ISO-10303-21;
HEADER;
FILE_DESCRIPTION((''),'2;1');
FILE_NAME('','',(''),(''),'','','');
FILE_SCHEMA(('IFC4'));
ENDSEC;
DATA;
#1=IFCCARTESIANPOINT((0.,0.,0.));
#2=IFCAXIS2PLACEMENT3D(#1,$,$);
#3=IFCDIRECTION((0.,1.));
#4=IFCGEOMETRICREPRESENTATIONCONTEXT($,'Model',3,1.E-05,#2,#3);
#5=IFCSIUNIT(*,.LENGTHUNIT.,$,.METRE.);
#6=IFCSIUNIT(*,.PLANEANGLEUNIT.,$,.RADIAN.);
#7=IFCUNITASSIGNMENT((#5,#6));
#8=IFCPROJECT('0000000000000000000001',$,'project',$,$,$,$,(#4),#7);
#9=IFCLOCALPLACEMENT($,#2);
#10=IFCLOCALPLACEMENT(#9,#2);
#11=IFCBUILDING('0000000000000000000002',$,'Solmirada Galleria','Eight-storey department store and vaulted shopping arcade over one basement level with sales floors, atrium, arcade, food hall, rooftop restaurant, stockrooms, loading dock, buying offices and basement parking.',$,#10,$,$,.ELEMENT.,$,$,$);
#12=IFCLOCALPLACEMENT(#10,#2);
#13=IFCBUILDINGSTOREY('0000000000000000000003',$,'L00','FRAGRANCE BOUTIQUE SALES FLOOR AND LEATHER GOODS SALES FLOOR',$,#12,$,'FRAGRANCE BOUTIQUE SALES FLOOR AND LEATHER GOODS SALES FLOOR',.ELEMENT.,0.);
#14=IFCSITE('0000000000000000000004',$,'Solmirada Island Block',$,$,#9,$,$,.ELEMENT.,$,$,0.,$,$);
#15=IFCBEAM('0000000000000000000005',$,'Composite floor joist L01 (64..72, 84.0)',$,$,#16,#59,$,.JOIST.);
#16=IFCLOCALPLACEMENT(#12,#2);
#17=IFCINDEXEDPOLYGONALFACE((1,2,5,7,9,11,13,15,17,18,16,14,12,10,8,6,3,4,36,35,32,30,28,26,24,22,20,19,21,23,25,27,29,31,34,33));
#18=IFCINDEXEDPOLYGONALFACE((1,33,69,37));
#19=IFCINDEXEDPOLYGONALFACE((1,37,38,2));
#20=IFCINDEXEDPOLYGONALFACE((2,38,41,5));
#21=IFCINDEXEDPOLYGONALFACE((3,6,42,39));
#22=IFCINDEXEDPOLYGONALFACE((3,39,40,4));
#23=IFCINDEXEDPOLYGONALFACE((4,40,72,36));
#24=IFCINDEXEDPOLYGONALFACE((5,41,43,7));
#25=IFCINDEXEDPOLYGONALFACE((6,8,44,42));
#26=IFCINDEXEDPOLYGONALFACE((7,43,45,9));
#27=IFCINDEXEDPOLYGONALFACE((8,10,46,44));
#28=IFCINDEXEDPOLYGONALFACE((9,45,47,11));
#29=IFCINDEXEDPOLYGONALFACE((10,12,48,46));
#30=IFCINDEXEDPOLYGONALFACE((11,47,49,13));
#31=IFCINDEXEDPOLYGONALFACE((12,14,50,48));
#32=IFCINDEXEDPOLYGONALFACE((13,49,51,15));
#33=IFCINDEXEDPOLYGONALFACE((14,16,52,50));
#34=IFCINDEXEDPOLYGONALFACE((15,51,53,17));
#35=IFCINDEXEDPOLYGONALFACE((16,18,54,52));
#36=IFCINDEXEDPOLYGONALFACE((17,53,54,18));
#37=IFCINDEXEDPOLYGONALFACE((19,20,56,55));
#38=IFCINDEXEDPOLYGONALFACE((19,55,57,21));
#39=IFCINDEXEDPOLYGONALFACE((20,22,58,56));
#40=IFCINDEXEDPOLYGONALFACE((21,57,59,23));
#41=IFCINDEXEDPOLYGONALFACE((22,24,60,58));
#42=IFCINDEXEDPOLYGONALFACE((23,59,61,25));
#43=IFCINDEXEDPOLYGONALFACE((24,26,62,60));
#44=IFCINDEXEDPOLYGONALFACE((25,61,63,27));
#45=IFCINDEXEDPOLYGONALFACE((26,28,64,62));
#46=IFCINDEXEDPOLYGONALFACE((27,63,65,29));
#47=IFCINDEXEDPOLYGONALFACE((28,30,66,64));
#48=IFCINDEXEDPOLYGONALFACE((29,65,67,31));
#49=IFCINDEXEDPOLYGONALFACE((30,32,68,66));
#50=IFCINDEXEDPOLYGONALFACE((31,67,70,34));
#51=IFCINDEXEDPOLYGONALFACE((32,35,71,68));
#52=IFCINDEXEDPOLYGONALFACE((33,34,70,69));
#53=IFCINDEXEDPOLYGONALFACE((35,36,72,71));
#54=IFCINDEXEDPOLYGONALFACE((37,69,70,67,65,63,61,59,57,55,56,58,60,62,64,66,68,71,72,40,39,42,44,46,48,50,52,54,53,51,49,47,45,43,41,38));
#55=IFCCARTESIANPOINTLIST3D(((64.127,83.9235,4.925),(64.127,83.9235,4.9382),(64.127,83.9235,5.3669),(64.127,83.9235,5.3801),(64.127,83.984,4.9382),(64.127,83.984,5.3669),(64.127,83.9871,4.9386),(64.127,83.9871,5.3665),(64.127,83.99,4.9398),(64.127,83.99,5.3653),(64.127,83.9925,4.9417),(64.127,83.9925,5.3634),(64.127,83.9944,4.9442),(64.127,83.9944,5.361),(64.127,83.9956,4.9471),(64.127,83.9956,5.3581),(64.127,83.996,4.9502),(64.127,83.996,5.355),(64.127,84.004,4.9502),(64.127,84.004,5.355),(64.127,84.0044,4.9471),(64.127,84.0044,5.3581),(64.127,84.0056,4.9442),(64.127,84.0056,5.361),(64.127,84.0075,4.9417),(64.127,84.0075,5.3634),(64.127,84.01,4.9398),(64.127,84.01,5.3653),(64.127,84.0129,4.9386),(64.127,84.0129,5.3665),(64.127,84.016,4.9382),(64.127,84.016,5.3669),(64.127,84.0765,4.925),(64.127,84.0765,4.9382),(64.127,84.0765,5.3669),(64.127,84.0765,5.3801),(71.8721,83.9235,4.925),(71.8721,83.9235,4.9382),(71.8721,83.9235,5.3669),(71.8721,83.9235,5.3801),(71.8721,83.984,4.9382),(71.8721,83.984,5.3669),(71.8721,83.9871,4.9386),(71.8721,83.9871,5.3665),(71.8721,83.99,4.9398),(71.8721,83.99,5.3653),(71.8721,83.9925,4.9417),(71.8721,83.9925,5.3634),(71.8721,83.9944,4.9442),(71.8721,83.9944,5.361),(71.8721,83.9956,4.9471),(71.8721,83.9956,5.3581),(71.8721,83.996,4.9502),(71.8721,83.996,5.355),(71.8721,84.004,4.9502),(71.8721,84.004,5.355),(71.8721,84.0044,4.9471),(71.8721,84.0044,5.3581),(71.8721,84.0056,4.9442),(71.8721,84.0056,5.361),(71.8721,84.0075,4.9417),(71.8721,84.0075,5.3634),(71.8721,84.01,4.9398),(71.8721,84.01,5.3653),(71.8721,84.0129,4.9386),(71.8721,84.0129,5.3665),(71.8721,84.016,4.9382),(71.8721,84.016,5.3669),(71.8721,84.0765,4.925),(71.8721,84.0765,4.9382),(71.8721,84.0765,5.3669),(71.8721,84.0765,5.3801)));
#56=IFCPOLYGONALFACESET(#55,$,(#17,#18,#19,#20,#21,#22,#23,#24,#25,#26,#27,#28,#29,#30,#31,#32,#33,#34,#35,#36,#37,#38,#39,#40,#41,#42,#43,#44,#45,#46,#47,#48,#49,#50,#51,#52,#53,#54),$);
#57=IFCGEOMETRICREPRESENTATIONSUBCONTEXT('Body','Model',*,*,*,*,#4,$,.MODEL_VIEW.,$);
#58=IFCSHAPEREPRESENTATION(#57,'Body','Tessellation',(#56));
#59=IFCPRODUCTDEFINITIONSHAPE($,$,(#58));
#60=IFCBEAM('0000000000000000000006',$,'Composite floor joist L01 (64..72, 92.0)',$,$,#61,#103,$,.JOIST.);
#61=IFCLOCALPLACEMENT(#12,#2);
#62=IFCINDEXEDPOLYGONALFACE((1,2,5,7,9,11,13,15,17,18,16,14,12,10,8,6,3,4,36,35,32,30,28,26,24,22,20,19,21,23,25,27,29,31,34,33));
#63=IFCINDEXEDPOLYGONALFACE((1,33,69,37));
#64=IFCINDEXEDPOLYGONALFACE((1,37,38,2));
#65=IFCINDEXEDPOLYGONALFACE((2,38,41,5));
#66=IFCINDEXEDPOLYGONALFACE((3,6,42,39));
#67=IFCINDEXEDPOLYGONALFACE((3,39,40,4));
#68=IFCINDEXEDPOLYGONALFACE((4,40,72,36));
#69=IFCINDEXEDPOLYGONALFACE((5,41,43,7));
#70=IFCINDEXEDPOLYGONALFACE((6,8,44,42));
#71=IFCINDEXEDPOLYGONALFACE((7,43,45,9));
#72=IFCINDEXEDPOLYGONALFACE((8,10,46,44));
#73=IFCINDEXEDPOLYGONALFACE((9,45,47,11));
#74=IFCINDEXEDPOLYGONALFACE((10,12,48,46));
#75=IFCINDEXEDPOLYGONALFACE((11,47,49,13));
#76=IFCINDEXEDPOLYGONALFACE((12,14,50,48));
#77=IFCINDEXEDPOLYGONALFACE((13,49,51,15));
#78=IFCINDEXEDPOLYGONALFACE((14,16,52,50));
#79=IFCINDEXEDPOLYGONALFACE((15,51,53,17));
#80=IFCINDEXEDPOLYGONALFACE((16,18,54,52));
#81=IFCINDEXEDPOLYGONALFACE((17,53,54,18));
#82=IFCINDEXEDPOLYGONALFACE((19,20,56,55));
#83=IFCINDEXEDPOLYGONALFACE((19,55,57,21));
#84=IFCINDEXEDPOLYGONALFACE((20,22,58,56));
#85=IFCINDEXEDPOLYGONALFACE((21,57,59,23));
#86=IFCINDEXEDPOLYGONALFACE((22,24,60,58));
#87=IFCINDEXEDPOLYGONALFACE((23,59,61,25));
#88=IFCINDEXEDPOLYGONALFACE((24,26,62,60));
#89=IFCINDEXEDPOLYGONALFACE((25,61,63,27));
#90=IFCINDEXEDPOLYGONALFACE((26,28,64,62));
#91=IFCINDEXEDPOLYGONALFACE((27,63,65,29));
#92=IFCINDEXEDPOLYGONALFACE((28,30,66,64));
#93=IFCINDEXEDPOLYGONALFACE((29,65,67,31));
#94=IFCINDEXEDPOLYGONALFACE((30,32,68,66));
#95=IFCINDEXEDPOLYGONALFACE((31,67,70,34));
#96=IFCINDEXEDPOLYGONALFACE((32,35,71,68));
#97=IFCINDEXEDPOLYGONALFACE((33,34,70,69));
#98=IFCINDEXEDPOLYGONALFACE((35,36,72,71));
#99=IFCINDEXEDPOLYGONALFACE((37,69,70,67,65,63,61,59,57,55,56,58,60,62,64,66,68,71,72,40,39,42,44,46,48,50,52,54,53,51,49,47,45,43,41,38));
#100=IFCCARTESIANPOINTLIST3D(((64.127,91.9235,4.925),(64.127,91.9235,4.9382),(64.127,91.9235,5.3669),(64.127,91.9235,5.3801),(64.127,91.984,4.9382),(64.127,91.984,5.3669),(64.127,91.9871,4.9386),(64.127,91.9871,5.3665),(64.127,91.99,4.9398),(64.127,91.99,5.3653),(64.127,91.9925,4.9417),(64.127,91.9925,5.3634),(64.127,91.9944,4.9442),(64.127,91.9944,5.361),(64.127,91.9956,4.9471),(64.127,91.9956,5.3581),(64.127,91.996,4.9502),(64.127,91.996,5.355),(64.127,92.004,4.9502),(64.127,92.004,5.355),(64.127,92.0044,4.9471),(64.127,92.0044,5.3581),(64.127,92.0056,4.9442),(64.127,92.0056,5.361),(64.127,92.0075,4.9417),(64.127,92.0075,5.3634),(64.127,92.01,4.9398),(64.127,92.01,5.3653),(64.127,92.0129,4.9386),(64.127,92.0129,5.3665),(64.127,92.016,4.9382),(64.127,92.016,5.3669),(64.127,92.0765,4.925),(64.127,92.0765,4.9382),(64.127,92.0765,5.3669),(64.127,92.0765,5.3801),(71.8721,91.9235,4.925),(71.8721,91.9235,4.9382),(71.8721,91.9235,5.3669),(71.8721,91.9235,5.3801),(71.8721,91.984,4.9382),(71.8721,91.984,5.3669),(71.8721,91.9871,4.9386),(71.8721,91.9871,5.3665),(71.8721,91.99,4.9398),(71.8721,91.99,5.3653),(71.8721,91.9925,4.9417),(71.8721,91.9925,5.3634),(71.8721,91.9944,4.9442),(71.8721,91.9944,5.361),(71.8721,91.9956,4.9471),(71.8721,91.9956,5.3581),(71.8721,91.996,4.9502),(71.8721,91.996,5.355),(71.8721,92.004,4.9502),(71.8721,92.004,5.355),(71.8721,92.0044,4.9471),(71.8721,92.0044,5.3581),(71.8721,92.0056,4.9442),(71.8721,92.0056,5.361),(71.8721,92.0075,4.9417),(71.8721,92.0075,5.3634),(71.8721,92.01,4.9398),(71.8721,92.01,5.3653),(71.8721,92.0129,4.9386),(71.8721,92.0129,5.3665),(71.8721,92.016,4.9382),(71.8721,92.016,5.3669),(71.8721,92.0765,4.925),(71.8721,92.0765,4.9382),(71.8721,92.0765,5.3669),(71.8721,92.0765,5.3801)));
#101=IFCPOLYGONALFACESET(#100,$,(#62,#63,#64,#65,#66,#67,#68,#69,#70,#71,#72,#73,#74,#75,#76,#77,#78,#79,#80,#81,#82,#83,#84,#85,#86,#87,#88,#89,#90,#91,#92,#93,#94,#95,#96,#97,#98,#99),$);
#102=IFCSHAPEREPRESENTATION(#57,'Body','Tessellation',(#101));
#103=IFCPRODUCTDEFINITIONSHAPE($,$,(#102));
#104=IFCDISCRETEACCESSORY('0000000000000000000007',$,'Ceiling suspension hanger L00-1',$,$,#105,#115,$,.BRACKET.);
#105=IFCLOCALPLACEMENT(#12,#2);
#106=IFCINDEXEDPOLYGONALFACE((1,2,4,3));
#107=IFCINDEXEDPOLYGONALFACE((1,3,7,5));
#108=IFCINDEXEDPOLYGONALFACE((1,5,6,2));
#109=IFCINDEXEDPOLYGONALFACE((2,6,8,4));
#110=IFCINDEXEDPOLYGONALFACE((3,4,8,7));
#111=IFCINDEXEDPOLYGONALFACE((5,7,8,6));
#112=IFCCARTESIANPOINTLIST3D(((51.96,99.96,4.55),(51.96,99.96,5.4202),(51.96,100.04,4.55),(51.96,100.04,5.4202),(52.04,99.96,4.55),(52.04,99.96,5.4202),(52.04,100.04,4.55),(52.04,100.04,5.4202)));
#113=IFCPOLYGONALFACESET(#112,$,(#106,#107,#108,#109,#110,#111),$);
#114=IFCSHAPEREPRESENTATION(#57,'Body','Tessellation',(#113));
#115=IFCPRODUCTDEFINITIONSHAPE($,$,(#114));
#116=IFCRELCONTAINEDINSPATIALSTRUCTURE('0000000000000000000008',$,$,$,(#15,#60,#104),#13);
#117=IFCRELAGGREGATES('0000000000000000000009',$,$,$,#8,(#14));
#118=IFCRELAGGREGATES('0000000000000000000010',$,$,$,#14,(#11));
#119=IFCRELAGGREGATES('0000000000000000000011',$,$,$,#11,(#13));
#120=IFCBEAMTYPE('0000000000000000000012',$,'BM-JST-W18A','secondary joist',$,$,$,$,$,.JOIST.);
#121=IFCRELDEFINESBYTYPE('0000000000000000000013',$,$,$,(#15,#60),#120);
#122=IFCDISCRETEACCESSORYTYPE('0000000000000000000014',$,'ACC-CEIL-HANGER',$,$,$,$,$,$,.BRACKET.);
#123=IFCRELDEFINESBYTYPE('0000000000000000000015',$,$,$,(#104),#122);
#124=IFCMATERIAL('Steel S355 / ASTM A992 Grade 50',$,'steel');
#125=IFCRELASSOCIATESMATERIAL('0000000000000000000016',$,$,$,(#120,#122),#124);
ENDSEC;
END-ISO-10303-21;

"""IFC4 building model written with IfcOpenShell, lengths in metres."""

from ifc_helpers import new_model, si_unit, direction, frame, origin, origin_2d, place, context, subcontext, project, spatial, rectangle, i_section, extrude, material, material_profile, profile_set, type_object, element, save


model = new_model("IFC4")

# Units and contexts
model_context = context("Model", 3, precision=1e-05, world=origin(), true_north=direction((0.0, 1.0)))
body_context = subcontext(model_context, "Body", "Model", "MODEL_VIEW")
ifc_project = project(units=[si_unit("LENGTHUNIT", "METRE"), si_unit("PLANEANGLEUNIT", "RADIAN")], contexts=[model_context])

# Site, building, storey
site_placement = place(None, origin())
site = spatial("IfcSite", under=ifc_project, at=site_placement, Name="Solmirada Island Block", CompositionType="ELEMENT", RefElevation=0.0)
building_placement = place(site_placement, origin())
building = spatial("IfcBuilding", under=site, at=building_placement, Name="Solmirada Galleria", Description="Eight-storey department store and vaulted shopping arcade over one basement level with sales floors, atrium, arcade, food hall, rooftop restaurant, stockrooms, loading dock, buying offices and basement parking.", CompositionType="ELEMENT")
storey_placement = place(building_placement, origin())
storey = spatial("IfcBuildingStorey", under=building, at=storey_placement, Name="L00", Description="FRAGRANCE BOUTIQUE SALES FLOOR AND LEATHER GOODS SALES FLOOR", LongName="FRAGRANCE BOUTIQUE SALES FLOOR AND LEATHER GOODS SALES FLOOR", CompositionType="ELEMENT", Elevation=0.0)

# Beams
ifc_material_1 = material(Name="Steel S355 / ASTM A992 Grade 50", Category="steel")
ifc_material_profile_1 = material_profile(ifc_material_1, i_section(OverallWidth=0.1531, OverallDepth=0.4551, WebThickness=0.0081, FlangeThickness=0.0132, FilletRadius=0.012, at=origin_2d()), Name="W18X40")
ifc_profile_set_1 = profile_set([ifc_material_profile_1], Name="Steel S355 / ASTM A992 Grade 50")
beam_type_1 = type_object("IfcBeamType", Name="BM-JST-W18A", Description="secondary joist", PredefinedType="JOIST", material=ifc_profile_set_1)
for number, where, z_axis, x_axis, name in (
    (1, (64.127, 84.0, 5.1526), (1.0, 0.0, 0.0), (0.0, 1.0, 0.0), "Composite floor joist L01 (64..72, 84.0)"),
    (2, (64.127, 92.0, 5.1526), (1.0, 0.0, 0.0), (0.0, 1.0, 0.0), "Composite floor joist L01 (64..72, 92.0)"),
):
    element("IfcBeam", number, at=place(storey_placement, frame(where, z_axis=z_axis, x_axis=x_axis)), inside=storey, type_object=beam_type_1, Name=name, PredefinedType="JOIST", context=body_context, shape_type="SweptSolid", body=[
        extrude(i_section(OverallWidth=0.1531, OverallDepth=0.4551, WebThickness=0.0081, FlangeThickness=0.0132, FilletRadius=0.012, at=origin_2d()), origin(), (0.0, 0.0, 1.0), 7.7451),
    ])

# Discrete accessory
discrete_accessory_type = type_object("IfcDiscreteAccessoryType", Name="ACC-CEIL-HANGER", PredefinedType="BRACKET", material=ifc_material_1)
discrete_accessory_placement = place(storey_placement, frame((52.0, 100.0, 4.55), z_axis=(0.0, 0.0, 1.0), x_axis=(1.0, 0.0, 0.0)))
element("IfcDiscreteAccessory", 3, at=discrete_accessory_placement, inside=storey, type_object=discrete_accessory_type, Name="Ceiling suspension hanger L00-1", PredefinedType="BRACKET", context=body_context, shape_type="SweptSolid", body=[
    extrude(rectangle(XDim=0.0801, YDim=0.0801, at=origin_2d()), origin(), (0.0, 0.0, 1.0), 0.8701),
])

save(model, "model.ifc")
